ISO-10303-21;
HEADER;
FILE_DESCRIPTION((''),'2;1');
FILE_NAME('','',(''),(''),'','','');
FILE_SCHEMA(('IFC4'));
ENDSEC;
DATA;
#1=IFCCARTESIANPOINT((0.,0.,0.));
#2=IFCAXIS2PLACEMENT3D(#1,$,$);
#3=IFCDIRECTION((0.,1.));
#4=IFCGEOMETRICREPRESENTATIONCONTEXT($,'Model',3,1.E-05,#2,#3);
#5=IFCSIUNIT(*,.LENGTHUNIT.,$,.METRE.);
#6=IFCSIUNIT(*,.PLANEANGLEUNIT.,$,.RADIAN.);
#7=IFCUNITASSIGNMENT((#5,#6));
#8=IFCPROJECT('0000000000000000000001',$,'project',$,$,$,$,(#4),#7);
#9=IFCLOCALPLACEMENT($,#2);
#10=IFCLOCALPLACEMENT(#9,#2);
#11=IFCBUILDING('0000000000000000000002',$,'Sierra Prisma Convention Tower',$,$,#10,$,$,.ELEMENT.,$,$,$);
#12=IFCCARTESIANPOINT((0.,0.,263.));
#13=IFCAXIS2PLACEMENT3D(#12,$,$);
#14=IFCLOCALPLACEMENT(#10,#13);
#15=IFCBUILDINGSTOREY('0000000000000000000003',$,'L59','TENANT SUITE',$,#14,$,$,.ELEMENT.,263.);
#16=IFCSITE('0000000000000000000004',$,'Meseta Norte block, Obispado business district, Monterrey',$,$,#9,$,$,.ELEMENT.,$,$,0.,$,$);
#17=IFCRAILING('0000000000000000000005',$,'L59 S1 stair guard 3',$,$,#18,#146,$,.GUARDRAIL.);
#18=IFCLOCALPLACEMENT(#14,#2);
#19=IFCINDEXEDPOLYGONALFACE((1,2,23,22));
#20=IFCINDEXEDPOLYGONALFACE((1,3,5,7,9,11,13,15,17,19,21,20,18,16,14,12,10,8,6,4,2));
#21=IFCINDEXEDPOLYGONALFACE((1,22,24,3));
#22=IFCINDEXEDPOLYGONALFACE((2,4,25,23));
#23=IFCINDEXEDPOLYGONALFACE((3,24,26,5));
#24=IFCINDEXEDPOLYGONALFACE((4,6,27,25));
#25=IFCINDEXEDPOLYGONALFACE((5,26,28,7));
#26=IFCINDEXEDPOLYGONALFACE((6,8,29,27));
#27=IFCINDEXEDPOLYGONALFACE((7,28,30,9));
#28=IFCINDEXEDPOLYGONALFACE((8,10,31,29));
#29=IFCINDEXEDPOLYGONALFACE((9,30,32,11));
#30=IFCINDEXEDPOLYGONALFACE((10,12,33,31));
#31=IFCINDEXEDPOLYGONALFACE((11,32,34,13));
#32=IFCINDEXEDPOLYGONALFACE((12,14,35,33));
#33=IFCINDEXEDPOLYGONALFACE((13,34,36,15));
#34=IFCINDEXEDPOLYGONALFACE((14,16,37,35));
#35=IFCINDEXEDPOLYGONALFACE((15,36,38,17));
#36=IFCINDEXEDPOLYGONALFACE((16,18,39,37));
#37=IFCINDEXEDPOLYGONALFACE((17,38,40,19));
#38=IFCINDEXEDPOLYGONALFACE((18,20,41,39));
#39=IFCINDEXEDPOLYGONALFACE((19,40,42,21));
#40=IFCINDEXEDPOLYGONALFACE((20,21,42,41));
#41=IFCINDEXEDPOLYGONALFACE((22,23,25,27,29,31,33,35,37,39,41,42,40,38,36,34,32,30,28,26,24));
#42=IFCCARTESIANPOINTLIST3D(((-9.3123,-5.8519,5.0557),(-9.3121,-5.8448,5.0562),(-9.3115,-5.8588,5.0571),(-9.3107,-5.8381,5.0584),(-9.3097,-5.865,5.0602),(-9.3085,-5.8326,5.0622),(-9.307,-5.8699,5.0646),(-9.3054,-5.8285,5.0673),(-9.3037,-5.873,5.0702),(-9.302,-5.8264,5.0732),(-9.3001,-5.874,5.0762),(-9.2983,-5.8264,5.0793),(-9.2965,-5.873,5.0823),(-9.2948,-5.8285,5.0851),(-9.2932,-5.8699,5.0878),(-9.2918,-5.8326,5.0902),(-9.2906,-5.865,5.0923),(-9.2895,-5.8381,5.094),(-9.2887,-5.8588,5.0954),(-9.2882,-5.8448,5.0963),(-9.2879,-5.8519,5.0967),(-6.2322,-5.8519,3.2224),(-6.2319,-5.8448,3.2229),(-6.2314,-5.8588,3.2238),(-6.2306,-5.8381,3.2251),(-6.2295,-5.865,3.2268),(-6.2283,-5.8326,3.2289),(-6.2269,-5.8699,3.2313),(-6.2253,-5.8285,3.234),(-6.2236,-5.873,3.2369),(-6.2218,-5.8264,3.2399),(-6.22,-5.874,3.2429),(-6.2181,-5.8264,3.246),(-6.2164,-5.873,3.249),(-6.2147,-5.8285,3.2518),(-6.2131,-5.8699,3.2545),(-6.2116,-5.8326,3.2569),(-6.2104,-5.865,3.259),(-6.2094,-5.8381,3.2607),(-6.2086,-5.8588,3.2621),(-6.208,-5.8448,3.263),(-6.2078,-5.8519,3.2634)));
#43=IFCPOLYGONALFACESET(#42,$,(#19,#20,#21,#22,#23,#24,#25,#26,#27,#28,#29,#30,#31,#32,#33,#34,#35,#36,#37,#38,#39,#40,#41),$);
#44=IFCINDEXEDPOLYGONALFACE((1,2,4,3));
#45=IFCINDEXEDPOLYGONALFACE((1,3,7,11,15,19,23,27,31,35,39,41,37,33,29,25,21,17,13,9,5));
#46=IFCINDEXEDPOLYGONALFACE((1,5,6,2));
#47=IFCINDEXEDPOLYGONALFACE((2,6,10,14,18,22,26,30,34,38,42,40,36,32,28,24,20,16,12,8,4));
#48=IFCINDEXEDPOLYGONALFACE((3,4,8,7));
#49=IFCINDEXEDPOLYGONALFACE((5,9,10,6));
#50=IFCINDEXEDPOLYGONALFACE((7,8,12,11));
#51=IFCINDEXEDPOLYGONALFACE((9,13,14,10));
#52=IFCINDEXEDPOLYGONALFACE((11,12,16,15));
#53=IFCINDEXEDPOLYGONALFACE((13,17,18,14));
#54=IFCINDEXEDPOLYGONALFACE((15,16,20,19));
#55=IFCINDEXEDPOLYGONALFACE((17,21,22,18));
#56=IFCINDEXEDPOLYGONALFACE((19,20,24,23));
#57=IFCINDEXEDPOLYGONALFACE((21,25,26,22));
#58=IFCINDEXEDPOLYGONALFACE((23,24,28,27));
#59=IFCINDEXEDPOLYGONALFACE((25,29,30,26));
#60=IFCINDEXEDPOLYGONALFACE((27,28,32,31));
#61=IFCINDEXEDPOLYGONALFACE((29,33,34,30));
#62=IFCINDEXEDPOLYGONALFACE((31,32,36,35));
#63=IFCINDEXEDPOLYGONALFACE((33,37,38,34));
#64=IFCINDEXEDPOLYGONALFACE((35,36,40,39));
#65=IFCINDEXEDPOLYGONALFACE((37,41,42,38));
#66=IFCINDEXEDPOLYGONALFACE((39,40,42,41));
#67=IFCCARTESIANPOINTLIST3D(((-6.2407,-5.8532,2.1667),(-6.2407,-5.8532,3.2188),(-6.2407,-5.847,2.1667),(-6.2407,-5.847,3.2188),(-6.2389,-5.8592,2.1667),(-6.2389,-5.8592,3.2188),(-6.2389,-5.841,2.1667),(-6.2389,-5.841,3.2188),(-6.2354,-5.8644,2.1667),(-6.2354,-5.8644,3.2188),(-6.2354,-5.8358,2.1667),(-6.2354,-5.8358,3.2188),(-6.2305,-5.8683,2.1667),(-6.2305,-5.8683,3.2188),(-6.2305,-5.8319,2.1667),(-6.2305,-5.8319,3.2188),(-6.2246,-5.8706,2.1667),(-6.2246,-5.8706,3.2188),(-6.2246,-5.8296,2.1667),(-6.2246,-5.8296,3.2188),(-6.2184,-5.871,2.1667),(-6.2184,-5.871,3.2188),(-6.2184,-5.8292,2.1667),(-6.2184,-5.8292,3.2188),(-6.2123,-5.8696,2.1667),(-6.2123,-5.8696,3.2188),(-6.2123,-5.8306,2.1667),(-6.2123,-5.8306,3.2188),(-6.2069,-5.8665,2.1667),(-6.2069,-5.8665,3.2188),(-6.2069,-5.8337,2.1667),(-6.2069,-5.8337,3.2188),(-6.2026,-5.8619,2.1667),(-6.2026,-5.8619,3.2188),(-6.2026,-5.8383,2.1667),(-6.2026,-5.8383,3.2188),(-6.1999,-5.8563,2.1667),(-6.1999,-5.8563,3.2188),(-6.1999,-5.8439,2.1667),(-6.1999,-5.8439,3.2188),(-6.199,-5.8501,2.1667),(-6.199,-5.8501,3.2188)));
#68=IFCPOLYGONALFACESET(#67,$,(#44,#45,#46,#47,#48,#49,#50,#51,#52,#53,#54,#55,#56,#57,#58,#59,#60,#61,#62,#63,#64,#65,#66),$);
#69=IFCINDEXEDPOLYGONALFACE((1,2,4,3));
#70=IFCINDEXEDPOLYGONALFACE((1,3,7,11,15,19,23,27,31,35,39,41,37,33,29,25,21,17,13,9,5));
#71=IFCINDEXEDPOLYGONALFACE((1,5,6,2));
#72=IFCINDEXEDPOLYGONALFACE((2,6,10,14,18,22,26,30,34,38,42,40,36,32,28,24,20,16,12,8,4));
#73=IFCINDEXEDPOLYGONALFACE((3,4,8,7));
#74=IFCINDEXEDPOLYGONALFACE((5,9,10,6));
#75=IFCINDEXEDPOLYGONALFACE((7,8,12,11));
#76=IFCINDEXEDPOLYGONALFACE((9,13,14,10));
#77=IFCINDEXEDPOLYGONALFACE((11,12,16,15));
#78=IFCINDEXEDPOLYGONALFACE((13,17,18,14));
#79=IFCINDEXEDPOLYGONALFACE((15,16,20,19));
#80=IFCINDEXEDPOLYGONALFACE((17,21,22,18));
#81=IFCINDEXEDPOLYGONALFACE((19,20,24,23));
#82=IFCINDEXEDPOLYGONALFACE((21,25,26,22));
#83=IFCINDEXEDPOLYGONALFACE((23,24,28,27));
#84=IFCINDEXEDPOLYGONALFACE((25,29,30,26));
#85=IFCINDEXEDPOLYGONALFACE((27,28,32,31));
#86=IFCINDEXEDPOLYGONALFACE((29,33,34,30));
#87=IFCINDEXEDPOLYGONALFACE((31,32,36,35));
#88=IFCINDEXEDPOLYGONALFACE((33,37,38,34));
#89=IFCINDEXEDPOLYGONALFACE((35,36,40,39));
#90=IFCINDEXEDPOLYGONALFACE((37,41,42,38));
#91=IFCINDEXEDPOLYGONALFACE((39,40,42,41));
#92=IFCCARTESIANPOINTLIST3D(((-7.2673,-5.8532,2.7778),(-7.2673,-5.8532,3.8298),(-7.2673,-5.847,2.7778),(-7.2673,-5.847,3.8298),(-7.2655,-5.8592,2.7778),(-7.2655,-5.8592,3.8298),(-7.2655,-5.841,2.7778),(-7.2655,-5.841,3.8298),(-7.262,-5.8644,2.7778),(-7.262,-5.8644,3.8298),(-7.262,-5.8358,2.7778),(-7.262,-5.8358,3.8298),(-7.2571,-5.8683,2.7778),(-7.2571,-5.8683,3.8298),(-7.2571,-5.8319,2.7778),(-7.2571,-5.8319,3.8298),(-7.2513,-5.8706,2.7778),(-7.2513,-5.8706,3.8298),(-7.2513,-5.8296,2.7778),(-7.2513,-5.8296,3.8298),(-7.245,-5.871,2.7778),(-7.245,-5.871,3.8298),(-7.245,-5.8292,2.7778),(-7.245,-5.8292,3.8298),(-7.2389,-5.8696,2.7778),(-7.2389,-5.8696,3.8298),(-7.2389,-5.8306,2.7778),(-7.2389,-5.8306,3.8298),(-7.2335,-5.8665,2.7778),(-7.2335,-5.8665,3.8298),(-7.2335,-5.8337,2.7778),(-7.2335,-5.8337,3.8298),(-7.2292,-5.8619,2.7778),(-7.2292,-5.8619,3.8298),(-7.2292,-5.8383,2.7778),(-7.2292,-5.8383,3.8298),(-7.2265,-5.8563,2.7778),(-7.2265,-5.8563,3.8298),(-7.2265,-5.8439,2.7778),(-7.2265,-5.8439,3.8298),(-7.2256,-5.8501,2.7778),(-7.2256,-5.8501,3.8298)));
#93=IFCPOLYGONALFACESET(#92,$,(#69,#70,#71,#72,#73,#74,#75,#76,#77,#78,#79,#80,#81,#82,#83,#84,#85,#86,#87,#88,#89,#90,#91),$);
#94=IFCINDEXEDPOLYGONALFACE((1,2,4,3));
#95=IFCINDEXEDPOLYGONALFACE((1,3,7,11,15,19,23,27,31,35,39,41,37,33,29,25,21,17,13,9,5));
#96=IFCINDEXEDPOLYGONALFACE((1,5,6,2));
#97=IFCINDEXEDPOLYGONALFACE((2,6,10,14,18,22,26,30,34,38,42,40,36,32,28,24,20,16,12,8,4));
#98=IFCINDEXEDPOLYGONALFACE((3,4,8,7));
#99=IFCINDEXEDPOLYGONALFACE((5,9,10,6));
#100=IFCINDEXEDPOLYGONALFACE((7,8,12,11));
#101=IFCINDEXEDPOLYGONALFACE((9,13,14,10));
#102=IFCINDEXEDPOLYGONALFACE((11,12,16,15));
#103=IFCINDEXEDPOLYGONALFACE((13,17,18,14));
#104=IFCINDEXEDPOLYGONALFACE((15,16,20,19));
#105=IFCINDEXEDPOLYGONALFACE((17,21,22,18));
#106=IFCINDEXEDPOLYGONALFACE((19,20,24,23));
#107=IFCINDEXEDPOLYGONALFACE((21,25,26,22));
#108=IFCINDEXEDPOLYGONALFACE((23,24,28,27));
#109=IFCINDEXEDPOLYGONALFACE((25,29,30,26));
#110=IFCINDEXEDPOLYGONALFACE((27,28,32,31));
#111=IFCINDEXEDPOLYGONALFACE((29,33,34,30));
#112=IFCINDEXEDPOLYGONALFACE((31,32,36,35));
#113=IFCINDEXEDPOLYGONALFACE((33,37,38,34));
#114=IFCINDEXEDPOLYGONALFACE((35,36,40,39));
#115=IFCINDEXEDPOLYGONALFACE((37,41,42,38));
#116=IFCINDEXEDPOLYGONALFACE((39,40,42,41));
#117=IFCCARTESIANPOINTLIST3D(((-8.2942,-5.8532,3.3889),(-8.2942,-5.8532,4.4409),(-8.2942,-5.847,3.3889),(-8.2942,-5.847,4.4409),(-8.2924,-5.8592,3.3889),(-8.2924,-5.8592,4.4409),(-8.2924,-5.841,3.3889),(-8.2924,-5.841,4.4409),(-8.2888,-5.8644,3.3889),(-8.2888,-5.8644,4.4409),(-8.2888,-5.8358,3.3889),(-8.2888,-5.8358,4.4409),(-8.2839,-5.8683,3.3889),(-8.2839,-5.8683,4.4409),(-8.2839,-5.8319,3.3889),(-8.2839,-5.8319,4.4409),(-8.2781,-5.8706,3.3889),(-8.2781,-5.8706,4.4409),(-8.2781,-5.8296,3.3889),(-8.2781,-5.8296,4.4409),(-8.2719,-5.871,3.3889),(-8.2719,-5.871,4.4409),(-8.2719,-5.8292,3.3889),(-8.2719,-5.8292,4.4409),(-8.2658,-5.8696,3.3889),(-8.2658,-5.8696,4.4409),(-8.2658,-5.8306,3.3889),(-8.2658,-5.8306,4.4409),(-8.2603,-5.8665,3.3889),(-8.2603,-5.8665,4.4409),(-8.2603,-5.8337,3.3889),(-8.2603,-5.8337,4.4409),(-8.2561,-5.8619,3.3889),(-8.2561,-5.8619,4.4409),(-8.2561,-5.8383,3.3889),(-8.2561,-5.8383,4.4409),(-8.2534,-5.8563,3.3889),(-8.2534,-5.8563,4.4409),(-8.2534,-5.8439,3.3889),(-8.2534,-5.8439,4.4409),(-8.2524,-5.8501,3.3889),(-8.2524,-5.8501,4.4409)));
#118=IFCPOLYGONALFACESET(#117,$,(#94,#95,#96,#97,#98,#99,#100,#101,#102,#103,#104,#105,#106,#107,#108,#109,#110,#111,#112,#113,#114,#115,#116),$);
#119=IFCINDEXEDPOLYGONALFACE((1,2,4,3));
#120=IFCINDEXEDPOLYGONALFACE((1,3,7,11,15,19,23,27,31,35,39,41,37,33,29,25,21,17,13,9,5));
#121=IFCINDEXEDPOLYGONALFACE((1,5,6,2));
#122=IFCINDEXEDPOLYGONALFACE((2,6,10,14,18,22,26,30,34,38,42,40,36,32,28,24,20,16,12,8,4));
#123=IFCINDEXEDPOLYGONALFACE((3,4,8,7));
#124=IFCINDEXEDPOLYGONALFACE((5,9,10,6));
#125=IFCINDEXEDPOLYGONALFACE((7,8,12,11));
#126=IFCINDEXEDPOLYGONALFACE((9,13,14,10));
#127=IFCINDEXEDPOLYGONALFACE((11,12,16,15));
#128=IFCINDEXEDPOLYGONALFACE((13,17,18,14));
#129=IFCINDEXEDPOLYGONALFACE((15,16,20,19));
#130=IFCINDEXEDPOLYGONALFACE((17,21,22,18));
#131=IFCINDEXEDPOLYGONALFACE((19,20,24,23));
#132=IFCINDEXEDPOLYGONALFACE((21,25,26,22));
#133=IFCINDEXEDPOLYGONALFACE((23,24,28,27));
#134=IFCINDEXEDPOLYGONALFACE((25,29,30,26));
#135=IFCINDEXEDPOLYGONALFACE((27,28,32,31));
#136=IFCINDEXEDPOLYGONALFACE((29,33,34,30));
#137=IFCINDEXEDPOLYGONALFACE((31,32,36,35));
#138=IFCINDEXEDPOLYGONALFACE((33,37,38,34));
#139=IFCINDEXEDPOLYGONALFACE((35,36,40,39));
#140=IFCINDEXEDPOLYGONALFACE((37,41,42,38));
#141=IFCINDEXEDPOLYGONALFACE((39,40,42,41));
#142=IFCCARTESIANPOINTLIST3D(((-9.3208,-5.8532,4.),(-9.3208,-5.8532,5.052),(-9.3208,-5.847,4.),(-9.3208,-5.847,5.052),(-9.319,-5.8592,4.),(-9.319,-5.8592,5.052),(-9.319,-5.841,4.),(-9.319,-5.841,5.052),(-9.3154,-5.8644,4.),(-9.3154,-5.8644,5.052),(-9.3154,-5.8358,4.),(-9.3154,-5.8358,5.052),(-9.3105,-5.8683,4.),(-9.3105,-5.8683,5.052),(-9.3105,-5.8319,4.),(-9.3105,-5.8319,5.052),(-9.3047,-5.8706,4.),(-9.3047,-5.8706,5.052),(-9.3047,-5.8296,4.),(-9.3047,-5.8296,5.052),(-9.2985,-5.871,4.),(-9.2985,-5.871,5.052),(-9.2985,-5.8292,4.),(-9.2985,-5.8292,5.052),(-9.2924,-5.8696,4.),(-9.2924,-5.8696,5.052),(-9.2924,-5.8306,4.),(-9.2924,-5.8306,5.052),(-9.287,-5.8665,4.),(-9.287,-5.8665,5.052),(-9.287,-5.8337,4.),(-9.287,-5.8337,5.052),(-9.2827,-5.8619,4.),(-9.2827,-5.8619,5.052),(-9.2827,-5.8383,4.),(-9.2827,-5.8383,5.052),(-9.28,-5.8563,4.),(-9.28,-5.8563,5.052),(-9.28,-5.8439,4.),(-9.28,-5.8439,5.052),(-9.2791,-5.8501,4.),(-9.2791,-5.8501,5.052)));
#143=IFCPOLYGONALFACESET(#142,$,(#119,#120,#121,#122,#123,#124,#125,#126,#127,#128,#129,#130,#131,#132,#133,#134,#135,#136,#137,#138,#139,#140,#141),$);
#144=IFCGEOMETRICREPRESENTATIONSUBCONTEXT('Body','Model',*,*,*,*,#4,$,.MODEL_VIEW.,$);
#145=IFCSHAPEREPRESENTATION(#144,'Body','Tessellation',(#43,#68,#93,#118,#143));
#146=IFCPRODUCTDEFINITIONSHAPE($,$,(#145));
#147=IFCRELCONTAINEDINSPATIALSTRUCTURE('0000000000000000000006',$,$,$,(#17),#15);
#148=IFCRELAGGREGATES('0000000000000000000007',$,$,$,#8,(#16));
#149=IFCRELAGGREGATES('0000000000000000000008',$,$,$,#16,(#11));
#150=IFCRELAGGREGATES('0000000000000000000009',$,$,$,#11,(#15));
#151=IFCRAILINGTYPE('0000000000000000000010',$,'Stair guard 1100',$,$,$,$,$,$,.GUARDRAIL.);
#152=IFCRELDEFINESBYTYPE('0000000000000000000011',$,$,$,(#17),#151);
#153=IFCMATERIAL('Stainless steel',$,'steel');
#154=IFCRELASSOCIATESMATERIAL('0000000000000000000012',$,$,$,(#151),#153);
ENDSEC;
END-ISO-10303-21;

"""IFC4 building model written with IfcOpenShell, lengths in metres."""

from ifc_helpers import new_model, si_unit, direction, frame, origin, origin_2d, place, context, subcontext, project, spatial, circle, extrude, material, type_object, element, save


model = new_model("IFC4")

# Units and contexts
model_context = context("Model", 3, precision=1e-05, world=origin(), true_north=direction((0.0, 1.0)))
body_context = subcontext(model_context, "Body", "Model", "MODEL_VIEW")
ifc_project = project(units=[si_unit("LENGTHUNIT", "METRE"), si_unit("PLANEANGLEUNIT", "RADIAN")], contexts=[model_context])

# Site, building, storey
site_placement = place(None, origin())
site = spatial("IfcSite", under=ifc_project, at=site_placement, Name="Meseta Norte block, Obispado business district, Monterrey", CompositionType="ELEMENT", RefElevation=0.0)
building_placement = place(site_placement, origin())
building = spatial("IfcBuilding", under=site, at=building_placement, Name="Sierra Prisma Convention Tower", CompositionType="ELEMENT")
storey_placement = place(building_placement, frame((0.0, 0.0, 263.0)))
storey = spatial("IfcBuildingStorey", under=building, at=storey_placement, Name="L59", Description="TENANT SUITE", CompositionType="ELEMENT", Elevation=263.0)

# Railing
ifc_material_1 = material(Name="Stainless steel", Category="steel")
railing_type_1 = type_object("IfcRailingType", Name="Stair guard 1100", PredefinedType="GUARDRAIL", material=ifc_material_1)
railing_1_placement = place(storey_placement, frame((-6.22, -5.8501, 2.1667)))
element("IfcRailing", 1, at=railing_1_placement, inside=storey, type_object=railing_type_1, Name="L59 S1 stair guard 3", PredefinedType="GUARDRAIL", context=body_context, shape_type="SweptSolid", body=[
    extrude(circle(Radius=0.0239, at=origin_2d()), frame((0.0, 0.0, 1.0762), z_axis=(-0.859309, 0.0, 0.511458), x_axis=(0.0, -1.0, 0.0)), (0.0, 0.0, 1.0), 3.5845),
    extrude(circle(Radius=0.021, at=origin_2d()), origin(), (0.0, 0.0, 1.0), 1.052),
    extrude(circle(Radius=0.021, at=origin_2d()), frame((-1.0266, 0.0, 0.6111)), (0.0, 0.0, 1.0), 1.052),
    extrude(circle(Radius=0.021, at=origin_2d()), frame((-2.0535, 0.0, 1.2222)), (0.0, 0.0, 1.0), 1.052),
    extrude(circle(Radius=0.021, at=origin_2d()), frame((-3.0801, 0.0, 1.8333)), (0.0, 0.0, 1.0), 1.052),
])

save(model, "model.ifc")
